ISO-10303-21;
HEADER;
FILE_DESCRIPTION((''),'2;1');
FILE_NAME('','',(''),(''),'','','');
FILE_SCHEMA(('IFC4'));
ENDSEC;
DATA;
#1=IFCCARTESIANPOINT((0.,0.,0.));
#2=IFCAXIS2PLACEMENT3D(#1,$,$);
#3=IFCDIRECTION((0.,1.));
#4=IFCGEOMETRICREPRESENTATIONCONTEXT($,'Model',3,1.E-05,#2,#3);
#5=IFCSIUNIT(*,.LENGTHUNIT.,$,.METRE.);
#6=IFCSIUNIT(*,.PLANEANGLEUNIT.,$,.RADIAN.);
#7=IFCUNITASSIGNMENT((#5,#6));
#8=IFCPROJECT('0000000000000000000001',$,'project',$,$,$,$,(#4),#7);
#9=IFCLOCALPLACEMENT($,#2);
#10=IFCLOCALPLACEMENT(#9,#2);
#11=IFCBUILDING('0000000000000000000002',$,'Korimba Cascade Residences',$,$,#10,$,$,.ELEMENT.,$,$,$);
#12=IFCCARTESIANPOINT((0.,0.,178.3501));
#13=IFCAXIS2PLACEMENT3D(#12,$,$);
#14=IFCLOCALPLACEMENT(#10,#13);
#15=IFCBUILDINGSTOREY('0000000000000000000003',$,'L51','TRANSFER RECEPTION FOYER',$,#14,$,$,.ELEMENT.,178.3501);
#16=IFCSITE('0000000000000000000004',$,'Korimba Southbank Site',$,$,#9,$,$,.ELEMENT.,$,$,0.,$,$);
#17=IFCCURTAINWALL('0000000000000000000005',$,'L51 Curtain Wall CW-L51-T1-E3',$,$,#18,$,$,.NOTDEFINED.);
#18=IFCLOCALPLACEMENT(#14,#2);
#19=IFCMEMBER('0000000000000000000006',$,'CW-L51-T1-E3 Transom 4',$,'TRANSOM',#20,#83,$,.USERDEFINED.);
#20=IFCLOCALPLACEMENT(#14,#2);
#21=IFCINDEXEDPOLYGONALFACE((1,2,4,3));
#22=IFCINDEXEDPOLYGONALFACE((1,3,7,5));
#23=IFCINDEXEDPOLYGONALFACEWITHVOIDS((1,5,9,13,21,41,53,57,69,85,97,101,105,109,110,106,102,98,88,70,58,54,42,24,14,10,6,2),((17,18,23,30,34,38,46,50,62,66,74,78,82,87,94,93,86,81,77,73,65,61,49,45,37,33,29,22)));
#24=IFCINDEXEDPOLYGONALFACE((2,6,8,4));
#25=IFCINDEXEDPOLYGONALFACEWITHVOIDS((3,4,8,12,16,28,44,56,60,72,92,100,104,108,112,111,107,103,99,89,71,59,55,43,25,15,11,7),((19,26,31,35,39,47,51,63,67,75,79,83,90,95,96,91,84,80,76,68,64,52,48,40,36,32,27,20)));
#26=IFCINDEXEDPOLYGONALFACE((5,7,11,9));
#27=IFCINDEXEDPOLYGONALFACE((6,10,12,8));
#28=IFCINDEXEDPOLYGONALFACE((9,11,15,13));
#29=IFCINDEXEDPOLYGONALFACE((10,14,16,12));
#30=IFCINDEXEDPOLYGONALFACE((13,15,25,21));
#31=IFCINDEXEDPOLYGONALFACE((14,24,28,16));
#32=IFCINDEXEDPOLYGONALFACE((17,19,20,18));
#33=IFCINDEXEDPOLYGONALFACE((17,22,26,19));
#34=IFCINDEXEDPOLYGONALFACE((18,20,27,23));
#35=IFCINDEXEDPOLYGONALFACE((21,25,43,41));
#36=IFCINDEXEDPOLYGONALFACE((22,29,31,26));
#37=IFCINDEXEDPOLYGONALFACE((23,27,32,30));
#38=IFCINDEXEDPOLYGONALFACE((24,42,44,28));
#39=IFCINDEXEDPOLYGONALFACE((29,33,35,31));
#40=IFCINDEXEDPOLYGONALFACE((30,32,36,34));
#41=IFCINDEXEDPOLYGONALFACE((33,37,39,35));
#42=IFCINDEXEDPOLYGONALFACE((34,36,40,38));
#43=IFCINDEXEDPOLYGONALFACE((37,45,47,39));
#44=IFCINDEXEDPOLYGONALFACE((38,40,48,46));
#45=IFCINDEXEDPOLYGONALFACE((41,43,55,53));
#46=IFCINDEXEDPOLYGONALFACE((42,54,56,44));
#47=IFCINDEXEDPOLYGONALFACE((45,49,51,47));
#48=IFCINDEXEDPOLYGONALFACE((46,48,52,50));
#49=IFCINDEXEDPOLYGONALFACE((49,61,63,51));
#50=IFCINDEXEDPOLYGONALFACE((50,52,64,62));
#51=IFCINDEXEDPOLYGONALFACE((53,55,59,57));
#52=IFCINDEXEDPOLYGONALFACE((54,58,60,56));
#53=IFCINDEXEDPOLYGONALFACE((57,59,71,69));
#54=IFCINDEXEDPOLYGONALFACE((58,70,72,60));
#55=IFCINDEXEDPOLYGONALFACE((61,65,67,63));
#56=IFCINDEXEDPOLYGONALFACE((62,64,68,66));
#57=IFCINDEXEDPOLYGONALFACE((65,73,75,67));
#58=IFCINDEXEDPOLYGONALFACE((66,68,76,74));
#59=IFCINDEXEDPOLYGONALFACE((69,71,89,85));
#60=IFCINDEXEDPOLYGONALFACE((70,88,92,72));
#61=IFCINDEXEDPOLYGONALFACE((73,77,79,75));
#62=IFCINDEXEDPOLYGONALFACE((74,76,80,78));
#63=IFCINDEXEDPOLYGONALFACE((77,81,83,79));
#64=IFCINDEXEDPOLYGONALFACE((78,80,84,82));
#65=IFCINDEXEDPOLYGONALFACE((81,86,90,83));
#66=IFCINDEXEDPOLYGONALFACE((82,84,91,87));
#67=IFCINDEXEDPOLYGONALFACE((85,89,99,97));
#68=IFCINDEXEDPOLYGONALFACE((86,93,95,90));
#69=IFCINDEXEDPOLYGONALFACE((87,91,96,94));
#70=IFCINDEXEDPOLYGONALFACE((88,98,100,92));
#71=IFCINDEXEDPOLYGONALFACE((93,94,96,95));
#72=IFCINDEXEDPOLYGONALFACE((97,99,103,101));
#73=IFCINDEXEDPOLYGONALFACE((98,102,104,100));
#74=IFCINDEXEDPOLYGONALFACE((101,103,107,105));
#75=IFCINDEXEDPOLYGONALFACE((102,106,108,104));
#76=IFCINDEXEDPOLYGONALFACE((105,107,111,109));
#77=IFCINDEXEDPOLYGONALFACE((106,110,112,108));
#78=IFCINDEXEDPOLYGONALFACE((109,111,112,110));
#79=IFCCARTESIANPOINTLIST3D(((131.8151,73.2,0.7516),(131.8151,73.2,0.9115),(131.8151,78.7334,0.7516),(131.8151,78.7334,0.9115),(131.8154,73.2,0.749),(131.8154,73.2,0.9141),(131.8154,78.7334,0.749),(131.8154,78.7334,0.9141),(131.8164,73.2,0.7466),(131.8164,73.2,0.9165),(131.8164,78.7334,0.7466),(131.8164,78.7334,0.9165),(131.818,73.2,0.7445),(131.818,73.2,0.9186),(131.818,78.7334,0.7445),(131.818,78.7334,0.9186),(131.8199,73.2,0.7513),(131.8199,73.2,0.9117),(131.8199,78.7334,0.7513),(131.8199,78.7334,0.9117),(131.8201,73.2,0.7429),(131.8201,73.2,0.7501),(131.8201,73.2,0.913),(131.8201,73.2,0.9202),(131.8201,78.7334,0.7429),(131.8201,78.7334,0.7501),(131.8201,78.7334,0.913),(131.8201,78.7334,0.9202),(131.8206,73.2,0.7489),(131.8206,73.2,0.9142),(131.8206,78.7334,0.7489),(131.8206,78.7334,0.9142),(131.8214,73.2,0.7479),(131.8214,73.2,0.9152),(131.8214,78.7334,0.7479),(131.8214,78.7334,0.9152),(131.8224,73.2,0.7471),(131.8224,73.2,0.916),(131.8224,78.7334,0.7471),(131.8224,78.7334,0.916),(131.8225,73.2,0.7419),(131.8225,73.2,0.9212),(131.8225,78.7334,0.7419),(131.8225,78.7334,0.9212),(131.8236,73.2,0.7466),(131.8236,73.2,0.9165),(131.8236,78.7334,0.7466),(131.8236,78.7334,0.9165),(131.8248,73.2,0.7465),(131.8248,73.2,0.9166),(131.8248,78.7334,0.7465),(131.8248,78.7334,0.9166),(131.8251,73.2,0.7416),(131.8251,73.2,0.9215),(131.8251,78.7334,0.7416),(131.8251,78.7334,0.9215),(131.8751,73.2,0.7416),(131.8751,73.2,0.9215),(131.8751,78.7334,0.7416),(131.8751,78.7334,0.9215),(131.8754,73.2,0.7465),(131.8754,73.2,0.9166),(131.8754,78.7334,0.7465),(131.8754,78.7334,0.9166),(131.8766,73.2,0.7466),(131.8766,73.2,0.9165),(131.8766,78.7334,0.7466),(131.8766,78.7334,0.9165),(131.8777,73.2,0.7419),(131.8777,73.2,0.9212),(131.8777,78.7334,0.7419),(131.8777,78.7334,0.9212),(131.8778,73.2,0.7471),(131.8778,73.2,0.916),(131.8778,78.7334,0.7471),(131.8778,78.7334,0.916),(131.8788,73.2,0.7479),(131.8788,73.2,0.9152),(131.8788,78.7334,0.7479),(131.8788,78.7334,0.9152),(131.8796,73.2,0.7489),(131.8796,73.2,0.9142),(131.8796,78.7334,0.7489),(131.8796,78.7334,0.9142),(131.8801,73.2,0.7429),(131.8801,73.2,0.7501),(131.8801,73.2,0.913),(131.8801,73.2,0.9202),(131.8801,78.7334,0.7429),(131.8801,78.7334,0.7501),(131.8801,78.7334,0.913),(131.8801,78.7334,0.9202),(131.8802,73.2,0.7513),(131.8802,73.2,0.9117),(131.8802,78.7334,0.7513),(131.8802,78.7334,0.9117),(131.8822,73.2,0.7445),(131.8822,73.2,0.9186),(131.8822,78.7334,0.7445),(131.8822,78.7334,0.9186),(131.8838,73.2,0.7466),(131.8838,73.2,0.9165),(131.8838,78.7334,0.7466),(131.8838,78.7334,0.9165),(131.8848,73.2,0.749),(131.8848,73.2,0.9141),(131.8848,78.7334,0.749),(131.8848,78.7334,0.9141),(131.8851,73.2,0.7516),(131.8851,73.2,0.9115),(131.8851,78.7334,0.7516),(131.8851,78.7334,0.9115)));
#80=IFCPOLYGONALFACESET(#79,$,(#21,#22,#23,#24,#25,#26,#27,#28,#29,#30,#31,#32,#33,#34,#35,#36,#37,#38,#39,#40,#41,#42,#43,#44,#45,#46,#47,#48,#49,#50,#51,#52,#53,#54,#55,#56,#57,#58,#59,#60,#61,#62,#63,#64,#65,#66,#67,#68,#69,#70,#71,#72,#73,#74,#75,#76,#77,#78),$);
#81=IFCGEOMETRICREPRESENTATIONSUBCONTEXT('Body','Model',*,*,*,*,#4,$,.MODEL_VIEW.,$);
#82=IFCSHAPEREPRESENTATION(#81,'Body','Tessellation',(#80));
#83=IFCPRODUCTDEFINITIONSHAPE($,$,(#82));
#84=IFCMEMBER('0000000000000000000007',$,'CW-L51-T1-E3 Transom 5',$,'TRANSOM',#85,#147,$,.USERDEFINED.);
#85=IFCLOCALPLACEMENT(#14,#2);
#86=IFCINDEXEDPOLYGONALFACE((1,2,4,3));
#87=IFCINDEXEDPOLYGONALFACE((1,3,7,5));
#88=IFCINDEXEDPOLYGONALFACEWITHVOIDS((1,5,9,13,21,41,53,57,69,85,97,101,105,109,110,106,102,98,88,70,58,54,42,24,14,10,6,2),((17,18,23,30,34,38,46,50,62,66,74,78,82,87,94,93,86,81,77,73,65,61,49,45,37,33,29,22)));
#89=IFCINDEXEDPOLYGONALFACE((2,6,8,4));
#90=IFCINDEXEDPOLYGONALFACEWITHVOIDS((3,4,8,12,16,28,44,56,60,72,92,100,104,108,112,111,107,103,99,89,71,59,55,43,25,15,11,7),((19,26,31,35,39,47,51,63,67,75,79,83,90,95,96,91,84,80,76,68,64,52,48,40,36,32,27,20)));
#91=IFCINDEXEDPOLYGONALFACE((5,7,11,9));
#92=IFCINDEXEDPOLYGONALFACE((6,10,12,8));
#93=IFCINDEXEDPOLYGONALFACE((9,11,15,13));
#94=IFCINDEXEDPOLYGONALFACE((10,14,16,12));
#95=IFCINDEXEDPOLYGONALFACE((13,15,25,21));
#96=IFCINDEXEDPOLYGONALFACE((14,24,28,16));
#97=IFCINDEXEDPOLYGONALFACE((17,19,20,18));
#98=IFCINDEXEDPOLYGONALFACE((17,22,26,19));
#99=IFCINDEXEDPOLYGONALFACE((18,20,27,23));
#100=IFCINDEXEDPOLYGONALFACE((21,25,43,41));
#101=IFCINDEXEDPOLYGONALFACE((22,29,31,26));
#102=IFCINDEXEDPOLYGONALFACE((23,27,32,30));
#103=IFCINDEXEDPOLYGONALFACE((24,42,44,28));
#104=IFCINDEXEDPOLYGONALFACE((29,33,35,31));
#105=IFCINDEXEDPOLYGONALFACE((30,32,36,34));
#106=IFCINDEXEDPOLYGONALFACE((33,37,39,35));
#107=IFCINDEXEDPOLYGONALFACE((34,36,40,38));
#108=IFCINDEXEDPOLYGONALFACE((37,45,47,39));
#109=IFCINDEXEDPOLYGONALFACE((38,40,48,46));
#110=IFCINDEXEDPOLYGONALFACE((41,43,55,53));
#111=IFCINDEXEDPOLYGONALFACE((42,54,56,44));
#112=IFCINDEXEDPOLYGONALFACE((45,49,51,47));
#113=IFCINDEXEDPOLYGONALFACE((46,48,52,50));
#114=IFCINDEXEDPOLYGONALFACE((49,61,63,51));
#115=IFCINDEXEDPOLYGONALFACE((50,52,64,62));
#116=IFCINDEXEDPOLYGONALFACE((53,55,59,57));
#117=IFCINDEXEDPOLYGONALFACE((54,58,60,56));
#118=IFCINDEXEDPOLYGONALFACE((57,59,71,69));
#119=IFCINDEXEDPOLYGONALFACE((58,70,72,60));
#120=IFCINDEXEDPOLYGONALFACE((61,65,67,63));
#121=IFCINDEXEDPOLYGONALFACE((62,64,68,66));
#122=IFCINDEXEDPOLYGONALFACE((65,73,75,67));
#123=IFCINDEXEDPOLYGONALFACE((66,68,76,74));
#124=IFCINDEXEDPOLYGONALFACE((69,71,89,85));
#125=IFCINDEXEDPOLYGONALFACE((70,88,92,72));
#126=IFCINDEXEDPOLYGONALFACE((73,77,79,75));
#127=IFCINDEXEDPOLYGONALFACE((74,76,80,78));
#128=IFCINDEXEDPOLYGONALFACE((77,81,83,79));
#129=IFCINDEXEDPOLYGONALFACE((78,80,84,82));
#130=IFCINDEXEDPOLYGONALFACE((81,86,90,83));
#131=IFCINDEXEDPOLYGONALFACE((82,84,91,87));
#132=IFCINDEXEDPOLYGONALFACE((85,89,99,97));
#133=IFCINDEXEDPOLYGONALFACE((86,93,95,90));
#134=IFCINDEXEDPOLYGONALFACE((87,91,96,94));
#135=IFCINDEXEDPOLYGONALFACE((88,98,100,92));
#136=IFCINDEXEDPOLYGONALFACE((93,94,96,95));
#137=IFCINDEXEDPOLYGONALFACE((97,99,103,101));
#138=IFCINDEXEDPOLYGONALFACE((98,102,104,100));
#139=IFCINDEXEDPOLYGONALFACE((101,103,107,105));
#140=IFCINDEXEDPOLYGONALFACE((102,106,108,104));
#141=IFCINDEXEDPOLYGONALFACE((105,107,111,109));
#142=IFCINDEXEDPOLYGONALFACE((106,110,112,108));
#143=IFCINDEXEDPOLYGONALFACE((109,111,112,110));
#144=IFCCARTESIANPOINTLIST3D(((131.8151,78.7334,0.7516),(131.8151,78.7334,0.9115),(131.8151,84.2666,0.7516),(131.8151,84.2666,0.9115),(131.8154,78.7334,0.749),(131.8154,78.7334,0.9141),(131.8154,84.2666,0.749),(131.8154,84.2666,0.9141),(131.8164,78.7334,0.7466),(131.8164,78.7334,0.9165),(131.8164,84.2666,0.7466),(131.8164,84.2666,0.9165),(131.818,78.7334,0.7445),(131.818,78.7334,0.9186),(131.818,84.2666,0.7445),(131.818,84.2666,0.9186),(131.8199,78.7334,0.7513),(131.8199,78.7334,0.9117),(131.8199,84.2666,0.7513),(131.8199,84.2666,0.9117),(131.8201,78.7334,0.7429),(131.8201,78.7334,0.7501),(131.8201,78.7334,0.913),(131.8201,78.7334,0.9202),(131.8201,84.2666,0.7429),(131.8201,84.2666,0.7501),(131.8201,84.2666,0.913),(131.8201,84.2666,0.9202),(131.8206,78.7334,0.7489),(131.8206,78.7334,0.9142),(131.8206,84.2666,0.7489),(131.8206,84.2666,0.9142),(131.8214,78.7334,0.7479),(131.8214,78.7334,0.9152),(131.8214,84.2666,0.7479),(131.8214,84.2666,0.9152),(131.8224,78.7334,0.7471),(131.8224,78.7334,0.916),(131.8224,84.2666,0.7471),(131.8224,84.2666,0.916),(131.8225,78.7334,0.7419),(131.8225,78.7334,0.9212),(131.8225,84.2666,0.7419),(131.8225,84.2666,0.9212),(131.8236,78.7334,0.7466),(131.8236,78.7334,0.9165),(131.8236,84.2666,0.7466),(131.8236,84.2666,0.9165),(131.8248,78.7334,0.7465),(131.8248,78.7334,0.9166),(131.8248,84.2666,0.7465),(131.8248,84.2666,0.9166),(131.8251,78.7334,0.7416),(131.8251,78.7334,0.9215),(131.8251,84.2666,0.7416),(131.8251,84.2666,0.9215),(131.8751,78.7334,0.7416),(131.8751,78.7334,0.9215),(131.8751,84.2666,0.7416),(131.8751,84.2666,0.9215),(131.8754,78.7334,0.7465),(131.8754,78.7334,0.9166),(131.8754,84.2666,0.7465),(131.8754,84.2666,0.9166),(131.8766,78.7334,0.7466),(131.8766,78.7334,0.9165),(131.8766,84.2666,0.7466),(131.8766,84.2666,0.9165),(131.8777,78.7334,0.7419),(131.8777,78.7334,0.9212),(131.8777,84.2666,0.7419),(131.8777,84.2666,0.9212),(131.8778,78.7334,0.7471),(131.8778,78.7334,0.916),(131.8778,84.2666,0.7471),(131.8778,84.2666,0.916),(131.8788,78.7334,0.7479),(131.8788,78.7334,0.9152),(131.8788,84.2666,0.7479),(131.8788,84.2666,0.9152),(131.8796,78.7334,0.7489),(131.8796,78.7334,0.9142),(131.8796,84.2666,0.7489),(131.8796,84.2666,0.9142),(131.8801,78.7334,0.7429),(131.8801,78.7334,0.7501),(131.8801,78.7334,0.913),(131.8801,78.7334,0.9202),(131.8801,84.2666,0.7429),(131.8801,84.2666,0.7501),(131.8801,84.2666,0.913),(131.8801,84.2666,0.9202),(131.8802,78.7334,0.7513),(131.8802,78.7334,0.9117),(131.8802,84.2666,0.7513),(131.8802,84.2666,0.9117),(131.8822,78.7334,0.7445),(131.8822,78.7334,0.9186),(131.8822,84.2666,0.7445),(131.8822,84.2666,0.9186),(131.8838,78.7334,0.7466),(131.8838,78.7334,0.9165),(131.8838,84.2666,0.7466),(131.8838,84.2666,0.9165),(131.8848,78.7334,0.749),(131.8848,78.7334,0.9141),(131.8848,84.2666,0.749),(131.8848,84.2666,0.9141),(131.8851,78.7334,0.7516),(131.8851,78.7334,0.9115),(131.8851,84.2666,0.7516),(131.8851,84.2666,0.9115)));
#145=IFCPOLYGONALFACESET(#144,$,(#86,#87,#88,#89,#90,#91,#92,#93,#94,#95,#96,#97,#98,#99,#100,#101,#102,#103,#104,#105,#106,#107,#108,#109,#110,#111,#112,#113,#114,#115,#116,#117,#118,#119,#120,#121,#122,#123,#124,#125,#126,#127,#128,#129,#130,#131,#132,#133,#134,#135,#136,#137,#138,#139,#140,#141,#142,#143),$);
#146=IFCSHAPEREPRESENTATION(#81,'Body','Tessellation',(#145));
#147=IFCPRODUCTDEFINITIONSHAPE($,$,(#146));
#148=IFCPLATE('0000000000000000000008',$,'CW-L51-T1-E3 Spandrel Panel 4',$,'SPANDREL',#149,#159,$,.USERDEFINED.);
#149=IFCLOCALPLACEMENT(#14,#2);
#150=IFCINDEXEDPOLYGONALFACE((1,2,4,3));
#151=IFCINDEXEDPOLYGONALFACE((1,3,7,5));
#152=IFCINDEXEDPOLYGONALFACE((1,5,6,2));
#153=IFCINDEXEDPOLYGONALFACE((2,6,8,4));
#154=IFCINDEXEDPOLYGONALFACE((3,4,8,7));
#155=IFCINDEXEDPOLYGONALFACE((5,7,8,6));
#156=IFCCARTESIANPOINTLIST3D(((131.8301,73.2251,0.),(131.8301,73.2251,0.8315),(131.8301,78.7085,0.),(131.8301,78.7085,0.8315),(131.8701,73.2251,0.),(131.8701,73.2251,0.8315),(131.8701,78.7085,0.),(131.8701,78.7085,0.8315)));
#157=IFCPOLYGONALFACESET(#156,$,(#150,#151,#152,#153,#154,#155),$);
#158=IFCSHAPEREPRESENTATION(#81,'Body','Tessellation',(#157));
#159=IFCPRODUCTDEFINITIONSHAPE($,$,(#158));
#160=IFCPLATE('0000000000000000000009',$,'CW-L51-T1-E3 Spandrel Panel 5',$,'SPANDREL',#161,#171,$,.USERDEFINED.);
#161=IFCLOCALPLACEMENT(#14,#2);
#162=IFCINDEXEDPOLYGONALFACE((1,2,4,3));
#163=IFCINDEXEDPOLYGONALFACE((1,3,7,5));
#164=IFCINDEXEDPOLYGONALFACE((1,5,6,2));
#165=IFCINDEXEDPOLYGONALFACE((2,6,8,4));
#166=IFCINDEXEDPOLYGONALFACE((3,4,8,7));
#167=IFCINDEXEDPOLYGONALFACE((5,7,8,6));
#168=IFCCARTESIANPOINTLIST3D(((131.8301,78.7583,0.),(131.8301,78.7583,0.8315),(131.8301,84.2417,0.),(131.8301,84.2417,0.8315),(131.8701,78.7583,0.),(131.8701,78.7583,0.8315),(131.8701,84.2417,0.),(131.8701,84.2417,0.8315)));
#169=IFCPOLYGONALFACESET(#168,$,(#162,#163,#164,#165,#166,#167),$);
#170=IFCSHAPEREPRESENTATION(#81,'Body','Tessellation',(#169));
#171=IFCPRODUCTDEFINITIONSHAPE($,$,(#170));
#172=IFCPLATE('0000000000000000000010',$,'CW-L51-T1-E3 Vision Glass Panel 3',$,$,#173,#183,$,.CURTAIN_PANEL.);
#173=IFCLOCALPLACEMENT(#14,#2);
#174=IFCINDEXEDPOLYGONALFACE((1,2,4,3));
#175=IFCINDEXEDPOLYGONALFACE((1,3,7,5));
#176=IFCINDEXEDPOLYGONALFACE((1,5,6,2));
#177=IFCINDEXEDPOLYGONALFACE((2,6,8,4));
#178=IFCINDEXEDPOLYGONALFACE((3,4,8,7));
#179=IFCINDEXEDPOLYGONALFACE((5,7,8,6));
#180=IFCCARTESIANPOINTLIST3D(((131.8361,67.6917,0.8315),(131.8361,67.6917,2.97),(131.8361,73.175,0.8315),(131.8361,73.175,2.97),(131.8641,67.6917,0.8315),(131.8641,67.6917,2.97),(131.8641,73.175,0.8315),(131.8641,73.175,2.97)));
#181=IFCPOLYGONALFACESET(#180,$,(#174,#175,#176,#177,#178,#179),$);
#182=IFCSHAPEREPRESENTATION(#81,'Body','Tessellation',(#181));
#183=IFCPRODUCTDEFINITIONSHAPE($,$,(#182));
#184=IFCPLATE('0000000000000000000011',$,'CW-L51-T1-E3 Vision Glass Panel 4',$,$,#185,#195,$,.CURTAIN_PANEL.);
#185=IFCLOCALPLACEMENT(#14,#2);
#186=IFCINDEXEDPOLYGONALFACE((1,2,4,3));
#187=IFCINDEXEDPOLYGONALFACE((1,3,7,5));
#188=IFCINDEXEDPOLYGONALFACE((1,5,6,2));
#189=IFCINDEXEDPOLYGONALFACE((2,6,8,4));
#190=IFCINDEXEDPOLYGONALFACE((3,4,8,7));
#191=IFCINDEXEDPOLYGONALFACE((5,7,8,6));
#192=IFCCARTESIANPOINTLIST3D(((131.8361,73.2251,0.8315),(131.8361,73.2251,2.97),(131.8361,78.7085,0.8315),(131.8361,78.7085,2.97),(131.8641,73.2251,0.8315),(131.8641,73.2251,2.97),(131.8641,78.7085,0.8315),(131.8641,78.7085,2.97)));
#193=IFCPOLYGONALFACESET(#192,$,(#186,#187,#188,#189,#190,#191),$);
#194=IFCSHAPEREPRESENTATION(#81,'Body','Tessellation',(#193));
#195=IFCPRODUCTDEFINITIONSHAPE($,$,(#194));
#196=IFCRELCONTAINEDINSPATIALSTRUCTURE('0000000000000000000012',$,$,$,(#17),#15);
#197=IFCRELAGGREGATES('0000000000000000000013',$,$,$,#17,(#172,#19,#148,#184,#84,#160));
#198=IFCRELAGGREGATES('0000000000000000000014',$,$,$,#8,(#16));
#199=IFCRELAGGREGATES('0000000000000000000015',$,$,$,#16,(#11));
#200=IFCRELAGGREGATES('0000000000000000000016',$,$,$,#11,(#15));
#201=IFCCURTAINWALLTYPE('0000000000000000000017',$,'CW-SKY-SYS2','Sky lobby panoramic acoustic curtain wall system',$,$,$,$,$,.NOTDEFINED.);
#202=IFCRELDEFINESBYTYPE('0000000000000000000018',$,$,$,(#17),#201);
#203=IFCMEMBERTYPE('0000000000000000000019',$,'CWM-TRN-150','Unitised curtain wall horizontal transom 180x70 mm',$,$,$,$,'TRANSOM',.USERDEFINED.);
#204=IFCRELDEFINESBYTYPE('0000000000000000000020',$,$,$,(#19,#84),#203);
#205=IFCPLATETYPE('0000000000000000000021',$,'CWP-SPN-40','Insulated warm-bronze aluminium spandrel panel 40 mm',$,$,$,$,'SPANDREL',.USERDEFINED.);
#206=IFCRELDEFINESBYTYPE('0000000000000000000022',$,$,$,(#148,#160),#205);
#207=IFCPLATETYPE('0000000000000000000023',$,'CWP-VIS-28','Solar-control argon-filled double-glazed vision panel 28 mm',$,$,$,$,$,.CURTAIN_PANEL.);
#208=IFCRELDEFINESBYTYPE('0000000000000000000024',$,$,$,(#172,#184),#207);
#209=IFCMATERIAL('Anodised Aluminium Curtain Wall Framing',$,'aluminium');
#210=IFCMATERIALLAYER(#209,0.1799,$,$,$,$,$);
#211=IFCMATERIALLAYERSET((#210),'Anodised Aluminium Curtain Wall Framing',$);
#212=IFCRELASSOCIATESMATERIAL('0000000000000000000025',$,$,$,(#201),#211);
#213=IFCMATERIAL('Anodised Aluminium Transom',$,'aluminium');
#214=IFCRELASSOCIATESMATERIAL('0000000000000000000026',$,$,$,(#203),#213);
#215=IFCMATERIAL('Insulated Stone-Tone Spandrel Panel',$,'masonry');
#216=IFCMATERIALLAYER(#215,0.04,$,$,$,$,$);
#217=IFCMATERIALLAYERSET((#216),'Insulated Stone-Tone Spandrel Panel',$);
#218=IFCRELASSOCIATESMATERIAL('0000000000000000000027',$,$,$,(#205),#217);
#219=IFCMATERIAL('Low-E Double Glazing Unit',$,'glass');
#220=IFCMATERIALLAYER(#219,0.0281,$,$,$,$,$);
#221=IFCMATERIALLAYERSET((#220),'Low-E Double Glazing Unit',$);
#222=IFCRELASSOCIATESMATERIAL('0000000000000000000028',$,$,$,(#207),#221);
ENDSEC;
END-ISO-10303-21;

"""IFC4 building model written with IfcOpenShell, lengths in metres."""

from ifc_helpers import new_model, si_unit, direction, frame, origin, origin_2d, place, context, subcontext, project, spatial, rectangle, hollow_rectangle, extrude, material, layer, layer_set, material_profile, profile_set, type_object, element, aggregate, save


model = new_model("IFC4")

# Units and contexts
model_context = context("Model", 3, precision=1e-05, world=origin(), true_north=direction((0.0, 1.0)))
body_context = subcontext(model_context, "Body", "Model", "MODEL_VIEW")
ifc_project = project(units=[si_unit("LENGTHUNIT", "METRE"), si_unit("PLANEANGLEUNIT", "RADIAN")], contexts=[model_context])

# Site, building, storey
site_placement = place(None, origin())
site = spatial("IfcSite", under=ifc_project, at=site_placement, Name="Korimba Southbank Site", CompositionType="ELEMENT", RefElevation=0.0)
building_placement = place(site_placement, origin())
building = spatial("IfcBuilding", under=site, at=building_placement, Name="Korimba Cascade Residences", CompositionType="ELEMENT")
storey_placement = place(building_placement, frame((0.0, 0.0, 178.3501)))
storey = spatial("IfcBuildingStorey", under=building, at=storey_placement, Name="L51", Description="TRANSFER RECEPTION FOYER", CompositionType="ELEMENT", Elevation=178.3501)

# Curtain wall, members, plates
ifc_material_1 = material(Name="Anodised Aluminium Curtain Wall Framing", Category="aluminium")
ifc_layer_1 = layer(ifc_material_1, 0.1799)
ifc_layer_set_1 = layer_set([ifc_layer_1], Name="Anodised Aluminium Curtain Wall Framing")
curtain_wall_type = type_object("IfcCurtainWallType", Name="CW-SKY-SYS2", Description="Sky lobby panoramic acoustic curtain wall system", PredefinedType="NOTDEFINED", material=ifc_layer_set_1)
curtain_wall_placement = place(storey_placement, origin())
curtain_wall = element("IfcCurtainWall", 1, at=curtain_wall_placement, inside=storey, type_object=curtain_wall_type, Name="L51 Curtain Wall CW-L51-T1-E3", PredefinedType="NOTDEFINED")
ifc_material_2 = material(Name="Anodised Aluminium Transom", Category="aluminium")
ifc_material_profile_1 = material_profile(ifc_material_2, hollow_rectangle(XDim=0.0701, YDim=0.1799, WallThickness=0.0049, InnerFilletRadius=0.0049, OuterFilletRadius=0.01, at=origin_2d()), Name="Anodised Aluminium Transom")
ifc_profile_set_1 = profile_set([ifc_material_profile_1], Name="Anodised Aluminium Transom")
member_type_1 = type_object("IfcMemberType", Name="CWM-TRN-150", Description="Unitised curtain wall horizontal transom 180x70 mm", ElementType="TRANSOM", PredefinedType="USERDEFINED", material=ifc_profile_set_1)
member_1_placement = place(storey_placement, frame((131.8501, 73.2, 0.8315), z_axis=(0.0, 1.0, 0.0), x_axis=(-1.0, 0.0, 0.0)))
member_1 = element("IfcMember", 2, at=member_1_placement, type_object=member_type_1, Name="CW-L51-T1-E3 Transom 4", ObjectType="TRANSOM", PredefinedType="USERDEFINED", context=body_context, shape_type="SweptSolid", body=[
    extrude(hollow_rectangle(XDim=0.0701, YDim=0.1799, WallThickness=0.0049, InnerFilletRadius=0.0049, OuterFilletRadius=0.01, at=origin_2d()), origin(), (0.0, 0.0, 1.0), 5.5334),
])
member_2_placement = place(storey_placement, frame((131.8501, 78.7334, 0.8315), z_axis=(0.0, 1.0, 0.0), x_axis=(-1.0, 0.0, 0.0)))
member_2 = element("IfcMember", 3, at=member_2_placement, type_object=member_type_1, Name="CW-L51-T1-E3 Transom 5", ObjectType="TRANSOM", PredefinedType="USERDEFINED", context=body_context, shape_type="SweptSolid", body=[
    extrude(hollow_rectangle(XDim=0.0701, YDim=0.1799, WallThickness=0.0049, InnerFilletRadius=0.0049, OuterFilletRadius=0.01, at=origin_2d()), origin(), (0.0, 0.0, 1.0), 5.5332),
])
ifc_material_3 = material(Name="Insulated Stone-Tone Spandrel Panel", Category="masonry")
ifc_layer_2 = layer(ifc_material_3, 0.04)
ifc_layer_set_2 = layer_set([ifc_layer_2], Name="Insulated Stone-Tone Spandrel Panel")
plate_type_1 = type_object("IfcPlateType", Name="CWP-SPN-40", Description="Insulated warm-bronze aluminium spandrel panel 40 mm", ElementType="SPANDREL", PredefinedType="USERDEFINED", material=ifc_layer_set_2)
plate_1_placement = place(storey_placement, frame((131.8501, 75.9668, 0.0), z_axis=(0.0, 0.0, 1.0), x_axis=(0.0, 1.0, 0.0)))
plate_1 = element("IfcPlate", 4, at=plate_1_placement, type_object=plate_type_1, Name="CW-L51-T1-E3 Spandrel Panel 4", ObjectType="SPANDREL", PredefinedType="USERDEFINED", context=body_context, shape_type="SweptSolid", body=[
    extrude(rectangle(XDim=5.4834, YDim=0.04, at=origin_2d()), origin(), (0.0, 0.0, 1.0), 0.8315),
])
plate_2_placement = place(storey_placement, frame((131.8501, 81.5, 0.0), z_axis=(0.0, 0.0, 1.0), x_axis=(0.0, 1.0, 0.0)))
plate_2 = element("IfcPlate", 5, at=plate_2_placement, type_object=plate_type_1, Name="CW-L51-T1-E3 Spandrel Panel 5", ObjectType="SPANDREL", PredefinedType="USERDEFINED", context=body_context, shape_type="SweptSolid", body=[
    extrude(rectangle(XDim=5.4834, YDim=0.04, at=origin_2d()), origin(), (0.0, 0.0, 1.0), 0.8315),
])
ifc_material_4 = material(Name="Low-E Double Glazing Unit", Category="glass")
ifc_layer_3 = layer(ifc_material_4, 0.0281)
ifc_layer_set_3 = layer_set([ifc_layer_3], Name="Low-E Double Glazing Unit")
plate_type_2 = type_object("IfcPlateType", Name="CWP-VIS-28", Description="Solar-control argon-filled double-glazed vision panel 28 mm", PredefinedType="CURTAIN_PANEL", material=ifc_layer_set_3)
plate_3_placement = place(storey_placement, frame((131.8501, 70.4333, 0.8315), z_axis=(0.0, 0.0, 1.0), x_axis=(0.0, 1.0, 0.0)))
plate_3 = element("IfcPlate", 6, at=plate_3_placement, type_object=plate_type_2, Name="CW-L51-T1-E3 Vision Glass Panel 3", PredefinedType="CURTAIN_PANEL", context=body_context, shape_type="SweptSolid", body=[
    extrude(rectangle(XDim=5.4834, YDim=0.0281, at=origin_2d()), origin(), (0.0, 0.0, 1.0), 2.1384),
])
plate_4_placement = place(storey_placement, frame((131.8501, 75.9668, 0.8315), z_axis=(0.0, 0.0, 1.0), x_axis=(0.0, 1.0, 0.0)))
plate_4 = element("IfcPlate", 7, at=plate_4_placement, type_object=plate_type_2, Name="CW-L51-T1-E3 Vision Glass Panel 4", PredefinedType="CURTAIN_PANEL", context=body_context, shape_type="SweptSolid", body=[
    extrude(rectangle(XDim=5.4834, YDim=0.0281, at=origin_2d()), origin(), (0.0, 0.0, 1.0), 2.1384),
])
aggregate(curtain_wall, [plate_3, member_1, plate_1, plate_4, member_2, plate_2])

save(model, "model.ifc")
